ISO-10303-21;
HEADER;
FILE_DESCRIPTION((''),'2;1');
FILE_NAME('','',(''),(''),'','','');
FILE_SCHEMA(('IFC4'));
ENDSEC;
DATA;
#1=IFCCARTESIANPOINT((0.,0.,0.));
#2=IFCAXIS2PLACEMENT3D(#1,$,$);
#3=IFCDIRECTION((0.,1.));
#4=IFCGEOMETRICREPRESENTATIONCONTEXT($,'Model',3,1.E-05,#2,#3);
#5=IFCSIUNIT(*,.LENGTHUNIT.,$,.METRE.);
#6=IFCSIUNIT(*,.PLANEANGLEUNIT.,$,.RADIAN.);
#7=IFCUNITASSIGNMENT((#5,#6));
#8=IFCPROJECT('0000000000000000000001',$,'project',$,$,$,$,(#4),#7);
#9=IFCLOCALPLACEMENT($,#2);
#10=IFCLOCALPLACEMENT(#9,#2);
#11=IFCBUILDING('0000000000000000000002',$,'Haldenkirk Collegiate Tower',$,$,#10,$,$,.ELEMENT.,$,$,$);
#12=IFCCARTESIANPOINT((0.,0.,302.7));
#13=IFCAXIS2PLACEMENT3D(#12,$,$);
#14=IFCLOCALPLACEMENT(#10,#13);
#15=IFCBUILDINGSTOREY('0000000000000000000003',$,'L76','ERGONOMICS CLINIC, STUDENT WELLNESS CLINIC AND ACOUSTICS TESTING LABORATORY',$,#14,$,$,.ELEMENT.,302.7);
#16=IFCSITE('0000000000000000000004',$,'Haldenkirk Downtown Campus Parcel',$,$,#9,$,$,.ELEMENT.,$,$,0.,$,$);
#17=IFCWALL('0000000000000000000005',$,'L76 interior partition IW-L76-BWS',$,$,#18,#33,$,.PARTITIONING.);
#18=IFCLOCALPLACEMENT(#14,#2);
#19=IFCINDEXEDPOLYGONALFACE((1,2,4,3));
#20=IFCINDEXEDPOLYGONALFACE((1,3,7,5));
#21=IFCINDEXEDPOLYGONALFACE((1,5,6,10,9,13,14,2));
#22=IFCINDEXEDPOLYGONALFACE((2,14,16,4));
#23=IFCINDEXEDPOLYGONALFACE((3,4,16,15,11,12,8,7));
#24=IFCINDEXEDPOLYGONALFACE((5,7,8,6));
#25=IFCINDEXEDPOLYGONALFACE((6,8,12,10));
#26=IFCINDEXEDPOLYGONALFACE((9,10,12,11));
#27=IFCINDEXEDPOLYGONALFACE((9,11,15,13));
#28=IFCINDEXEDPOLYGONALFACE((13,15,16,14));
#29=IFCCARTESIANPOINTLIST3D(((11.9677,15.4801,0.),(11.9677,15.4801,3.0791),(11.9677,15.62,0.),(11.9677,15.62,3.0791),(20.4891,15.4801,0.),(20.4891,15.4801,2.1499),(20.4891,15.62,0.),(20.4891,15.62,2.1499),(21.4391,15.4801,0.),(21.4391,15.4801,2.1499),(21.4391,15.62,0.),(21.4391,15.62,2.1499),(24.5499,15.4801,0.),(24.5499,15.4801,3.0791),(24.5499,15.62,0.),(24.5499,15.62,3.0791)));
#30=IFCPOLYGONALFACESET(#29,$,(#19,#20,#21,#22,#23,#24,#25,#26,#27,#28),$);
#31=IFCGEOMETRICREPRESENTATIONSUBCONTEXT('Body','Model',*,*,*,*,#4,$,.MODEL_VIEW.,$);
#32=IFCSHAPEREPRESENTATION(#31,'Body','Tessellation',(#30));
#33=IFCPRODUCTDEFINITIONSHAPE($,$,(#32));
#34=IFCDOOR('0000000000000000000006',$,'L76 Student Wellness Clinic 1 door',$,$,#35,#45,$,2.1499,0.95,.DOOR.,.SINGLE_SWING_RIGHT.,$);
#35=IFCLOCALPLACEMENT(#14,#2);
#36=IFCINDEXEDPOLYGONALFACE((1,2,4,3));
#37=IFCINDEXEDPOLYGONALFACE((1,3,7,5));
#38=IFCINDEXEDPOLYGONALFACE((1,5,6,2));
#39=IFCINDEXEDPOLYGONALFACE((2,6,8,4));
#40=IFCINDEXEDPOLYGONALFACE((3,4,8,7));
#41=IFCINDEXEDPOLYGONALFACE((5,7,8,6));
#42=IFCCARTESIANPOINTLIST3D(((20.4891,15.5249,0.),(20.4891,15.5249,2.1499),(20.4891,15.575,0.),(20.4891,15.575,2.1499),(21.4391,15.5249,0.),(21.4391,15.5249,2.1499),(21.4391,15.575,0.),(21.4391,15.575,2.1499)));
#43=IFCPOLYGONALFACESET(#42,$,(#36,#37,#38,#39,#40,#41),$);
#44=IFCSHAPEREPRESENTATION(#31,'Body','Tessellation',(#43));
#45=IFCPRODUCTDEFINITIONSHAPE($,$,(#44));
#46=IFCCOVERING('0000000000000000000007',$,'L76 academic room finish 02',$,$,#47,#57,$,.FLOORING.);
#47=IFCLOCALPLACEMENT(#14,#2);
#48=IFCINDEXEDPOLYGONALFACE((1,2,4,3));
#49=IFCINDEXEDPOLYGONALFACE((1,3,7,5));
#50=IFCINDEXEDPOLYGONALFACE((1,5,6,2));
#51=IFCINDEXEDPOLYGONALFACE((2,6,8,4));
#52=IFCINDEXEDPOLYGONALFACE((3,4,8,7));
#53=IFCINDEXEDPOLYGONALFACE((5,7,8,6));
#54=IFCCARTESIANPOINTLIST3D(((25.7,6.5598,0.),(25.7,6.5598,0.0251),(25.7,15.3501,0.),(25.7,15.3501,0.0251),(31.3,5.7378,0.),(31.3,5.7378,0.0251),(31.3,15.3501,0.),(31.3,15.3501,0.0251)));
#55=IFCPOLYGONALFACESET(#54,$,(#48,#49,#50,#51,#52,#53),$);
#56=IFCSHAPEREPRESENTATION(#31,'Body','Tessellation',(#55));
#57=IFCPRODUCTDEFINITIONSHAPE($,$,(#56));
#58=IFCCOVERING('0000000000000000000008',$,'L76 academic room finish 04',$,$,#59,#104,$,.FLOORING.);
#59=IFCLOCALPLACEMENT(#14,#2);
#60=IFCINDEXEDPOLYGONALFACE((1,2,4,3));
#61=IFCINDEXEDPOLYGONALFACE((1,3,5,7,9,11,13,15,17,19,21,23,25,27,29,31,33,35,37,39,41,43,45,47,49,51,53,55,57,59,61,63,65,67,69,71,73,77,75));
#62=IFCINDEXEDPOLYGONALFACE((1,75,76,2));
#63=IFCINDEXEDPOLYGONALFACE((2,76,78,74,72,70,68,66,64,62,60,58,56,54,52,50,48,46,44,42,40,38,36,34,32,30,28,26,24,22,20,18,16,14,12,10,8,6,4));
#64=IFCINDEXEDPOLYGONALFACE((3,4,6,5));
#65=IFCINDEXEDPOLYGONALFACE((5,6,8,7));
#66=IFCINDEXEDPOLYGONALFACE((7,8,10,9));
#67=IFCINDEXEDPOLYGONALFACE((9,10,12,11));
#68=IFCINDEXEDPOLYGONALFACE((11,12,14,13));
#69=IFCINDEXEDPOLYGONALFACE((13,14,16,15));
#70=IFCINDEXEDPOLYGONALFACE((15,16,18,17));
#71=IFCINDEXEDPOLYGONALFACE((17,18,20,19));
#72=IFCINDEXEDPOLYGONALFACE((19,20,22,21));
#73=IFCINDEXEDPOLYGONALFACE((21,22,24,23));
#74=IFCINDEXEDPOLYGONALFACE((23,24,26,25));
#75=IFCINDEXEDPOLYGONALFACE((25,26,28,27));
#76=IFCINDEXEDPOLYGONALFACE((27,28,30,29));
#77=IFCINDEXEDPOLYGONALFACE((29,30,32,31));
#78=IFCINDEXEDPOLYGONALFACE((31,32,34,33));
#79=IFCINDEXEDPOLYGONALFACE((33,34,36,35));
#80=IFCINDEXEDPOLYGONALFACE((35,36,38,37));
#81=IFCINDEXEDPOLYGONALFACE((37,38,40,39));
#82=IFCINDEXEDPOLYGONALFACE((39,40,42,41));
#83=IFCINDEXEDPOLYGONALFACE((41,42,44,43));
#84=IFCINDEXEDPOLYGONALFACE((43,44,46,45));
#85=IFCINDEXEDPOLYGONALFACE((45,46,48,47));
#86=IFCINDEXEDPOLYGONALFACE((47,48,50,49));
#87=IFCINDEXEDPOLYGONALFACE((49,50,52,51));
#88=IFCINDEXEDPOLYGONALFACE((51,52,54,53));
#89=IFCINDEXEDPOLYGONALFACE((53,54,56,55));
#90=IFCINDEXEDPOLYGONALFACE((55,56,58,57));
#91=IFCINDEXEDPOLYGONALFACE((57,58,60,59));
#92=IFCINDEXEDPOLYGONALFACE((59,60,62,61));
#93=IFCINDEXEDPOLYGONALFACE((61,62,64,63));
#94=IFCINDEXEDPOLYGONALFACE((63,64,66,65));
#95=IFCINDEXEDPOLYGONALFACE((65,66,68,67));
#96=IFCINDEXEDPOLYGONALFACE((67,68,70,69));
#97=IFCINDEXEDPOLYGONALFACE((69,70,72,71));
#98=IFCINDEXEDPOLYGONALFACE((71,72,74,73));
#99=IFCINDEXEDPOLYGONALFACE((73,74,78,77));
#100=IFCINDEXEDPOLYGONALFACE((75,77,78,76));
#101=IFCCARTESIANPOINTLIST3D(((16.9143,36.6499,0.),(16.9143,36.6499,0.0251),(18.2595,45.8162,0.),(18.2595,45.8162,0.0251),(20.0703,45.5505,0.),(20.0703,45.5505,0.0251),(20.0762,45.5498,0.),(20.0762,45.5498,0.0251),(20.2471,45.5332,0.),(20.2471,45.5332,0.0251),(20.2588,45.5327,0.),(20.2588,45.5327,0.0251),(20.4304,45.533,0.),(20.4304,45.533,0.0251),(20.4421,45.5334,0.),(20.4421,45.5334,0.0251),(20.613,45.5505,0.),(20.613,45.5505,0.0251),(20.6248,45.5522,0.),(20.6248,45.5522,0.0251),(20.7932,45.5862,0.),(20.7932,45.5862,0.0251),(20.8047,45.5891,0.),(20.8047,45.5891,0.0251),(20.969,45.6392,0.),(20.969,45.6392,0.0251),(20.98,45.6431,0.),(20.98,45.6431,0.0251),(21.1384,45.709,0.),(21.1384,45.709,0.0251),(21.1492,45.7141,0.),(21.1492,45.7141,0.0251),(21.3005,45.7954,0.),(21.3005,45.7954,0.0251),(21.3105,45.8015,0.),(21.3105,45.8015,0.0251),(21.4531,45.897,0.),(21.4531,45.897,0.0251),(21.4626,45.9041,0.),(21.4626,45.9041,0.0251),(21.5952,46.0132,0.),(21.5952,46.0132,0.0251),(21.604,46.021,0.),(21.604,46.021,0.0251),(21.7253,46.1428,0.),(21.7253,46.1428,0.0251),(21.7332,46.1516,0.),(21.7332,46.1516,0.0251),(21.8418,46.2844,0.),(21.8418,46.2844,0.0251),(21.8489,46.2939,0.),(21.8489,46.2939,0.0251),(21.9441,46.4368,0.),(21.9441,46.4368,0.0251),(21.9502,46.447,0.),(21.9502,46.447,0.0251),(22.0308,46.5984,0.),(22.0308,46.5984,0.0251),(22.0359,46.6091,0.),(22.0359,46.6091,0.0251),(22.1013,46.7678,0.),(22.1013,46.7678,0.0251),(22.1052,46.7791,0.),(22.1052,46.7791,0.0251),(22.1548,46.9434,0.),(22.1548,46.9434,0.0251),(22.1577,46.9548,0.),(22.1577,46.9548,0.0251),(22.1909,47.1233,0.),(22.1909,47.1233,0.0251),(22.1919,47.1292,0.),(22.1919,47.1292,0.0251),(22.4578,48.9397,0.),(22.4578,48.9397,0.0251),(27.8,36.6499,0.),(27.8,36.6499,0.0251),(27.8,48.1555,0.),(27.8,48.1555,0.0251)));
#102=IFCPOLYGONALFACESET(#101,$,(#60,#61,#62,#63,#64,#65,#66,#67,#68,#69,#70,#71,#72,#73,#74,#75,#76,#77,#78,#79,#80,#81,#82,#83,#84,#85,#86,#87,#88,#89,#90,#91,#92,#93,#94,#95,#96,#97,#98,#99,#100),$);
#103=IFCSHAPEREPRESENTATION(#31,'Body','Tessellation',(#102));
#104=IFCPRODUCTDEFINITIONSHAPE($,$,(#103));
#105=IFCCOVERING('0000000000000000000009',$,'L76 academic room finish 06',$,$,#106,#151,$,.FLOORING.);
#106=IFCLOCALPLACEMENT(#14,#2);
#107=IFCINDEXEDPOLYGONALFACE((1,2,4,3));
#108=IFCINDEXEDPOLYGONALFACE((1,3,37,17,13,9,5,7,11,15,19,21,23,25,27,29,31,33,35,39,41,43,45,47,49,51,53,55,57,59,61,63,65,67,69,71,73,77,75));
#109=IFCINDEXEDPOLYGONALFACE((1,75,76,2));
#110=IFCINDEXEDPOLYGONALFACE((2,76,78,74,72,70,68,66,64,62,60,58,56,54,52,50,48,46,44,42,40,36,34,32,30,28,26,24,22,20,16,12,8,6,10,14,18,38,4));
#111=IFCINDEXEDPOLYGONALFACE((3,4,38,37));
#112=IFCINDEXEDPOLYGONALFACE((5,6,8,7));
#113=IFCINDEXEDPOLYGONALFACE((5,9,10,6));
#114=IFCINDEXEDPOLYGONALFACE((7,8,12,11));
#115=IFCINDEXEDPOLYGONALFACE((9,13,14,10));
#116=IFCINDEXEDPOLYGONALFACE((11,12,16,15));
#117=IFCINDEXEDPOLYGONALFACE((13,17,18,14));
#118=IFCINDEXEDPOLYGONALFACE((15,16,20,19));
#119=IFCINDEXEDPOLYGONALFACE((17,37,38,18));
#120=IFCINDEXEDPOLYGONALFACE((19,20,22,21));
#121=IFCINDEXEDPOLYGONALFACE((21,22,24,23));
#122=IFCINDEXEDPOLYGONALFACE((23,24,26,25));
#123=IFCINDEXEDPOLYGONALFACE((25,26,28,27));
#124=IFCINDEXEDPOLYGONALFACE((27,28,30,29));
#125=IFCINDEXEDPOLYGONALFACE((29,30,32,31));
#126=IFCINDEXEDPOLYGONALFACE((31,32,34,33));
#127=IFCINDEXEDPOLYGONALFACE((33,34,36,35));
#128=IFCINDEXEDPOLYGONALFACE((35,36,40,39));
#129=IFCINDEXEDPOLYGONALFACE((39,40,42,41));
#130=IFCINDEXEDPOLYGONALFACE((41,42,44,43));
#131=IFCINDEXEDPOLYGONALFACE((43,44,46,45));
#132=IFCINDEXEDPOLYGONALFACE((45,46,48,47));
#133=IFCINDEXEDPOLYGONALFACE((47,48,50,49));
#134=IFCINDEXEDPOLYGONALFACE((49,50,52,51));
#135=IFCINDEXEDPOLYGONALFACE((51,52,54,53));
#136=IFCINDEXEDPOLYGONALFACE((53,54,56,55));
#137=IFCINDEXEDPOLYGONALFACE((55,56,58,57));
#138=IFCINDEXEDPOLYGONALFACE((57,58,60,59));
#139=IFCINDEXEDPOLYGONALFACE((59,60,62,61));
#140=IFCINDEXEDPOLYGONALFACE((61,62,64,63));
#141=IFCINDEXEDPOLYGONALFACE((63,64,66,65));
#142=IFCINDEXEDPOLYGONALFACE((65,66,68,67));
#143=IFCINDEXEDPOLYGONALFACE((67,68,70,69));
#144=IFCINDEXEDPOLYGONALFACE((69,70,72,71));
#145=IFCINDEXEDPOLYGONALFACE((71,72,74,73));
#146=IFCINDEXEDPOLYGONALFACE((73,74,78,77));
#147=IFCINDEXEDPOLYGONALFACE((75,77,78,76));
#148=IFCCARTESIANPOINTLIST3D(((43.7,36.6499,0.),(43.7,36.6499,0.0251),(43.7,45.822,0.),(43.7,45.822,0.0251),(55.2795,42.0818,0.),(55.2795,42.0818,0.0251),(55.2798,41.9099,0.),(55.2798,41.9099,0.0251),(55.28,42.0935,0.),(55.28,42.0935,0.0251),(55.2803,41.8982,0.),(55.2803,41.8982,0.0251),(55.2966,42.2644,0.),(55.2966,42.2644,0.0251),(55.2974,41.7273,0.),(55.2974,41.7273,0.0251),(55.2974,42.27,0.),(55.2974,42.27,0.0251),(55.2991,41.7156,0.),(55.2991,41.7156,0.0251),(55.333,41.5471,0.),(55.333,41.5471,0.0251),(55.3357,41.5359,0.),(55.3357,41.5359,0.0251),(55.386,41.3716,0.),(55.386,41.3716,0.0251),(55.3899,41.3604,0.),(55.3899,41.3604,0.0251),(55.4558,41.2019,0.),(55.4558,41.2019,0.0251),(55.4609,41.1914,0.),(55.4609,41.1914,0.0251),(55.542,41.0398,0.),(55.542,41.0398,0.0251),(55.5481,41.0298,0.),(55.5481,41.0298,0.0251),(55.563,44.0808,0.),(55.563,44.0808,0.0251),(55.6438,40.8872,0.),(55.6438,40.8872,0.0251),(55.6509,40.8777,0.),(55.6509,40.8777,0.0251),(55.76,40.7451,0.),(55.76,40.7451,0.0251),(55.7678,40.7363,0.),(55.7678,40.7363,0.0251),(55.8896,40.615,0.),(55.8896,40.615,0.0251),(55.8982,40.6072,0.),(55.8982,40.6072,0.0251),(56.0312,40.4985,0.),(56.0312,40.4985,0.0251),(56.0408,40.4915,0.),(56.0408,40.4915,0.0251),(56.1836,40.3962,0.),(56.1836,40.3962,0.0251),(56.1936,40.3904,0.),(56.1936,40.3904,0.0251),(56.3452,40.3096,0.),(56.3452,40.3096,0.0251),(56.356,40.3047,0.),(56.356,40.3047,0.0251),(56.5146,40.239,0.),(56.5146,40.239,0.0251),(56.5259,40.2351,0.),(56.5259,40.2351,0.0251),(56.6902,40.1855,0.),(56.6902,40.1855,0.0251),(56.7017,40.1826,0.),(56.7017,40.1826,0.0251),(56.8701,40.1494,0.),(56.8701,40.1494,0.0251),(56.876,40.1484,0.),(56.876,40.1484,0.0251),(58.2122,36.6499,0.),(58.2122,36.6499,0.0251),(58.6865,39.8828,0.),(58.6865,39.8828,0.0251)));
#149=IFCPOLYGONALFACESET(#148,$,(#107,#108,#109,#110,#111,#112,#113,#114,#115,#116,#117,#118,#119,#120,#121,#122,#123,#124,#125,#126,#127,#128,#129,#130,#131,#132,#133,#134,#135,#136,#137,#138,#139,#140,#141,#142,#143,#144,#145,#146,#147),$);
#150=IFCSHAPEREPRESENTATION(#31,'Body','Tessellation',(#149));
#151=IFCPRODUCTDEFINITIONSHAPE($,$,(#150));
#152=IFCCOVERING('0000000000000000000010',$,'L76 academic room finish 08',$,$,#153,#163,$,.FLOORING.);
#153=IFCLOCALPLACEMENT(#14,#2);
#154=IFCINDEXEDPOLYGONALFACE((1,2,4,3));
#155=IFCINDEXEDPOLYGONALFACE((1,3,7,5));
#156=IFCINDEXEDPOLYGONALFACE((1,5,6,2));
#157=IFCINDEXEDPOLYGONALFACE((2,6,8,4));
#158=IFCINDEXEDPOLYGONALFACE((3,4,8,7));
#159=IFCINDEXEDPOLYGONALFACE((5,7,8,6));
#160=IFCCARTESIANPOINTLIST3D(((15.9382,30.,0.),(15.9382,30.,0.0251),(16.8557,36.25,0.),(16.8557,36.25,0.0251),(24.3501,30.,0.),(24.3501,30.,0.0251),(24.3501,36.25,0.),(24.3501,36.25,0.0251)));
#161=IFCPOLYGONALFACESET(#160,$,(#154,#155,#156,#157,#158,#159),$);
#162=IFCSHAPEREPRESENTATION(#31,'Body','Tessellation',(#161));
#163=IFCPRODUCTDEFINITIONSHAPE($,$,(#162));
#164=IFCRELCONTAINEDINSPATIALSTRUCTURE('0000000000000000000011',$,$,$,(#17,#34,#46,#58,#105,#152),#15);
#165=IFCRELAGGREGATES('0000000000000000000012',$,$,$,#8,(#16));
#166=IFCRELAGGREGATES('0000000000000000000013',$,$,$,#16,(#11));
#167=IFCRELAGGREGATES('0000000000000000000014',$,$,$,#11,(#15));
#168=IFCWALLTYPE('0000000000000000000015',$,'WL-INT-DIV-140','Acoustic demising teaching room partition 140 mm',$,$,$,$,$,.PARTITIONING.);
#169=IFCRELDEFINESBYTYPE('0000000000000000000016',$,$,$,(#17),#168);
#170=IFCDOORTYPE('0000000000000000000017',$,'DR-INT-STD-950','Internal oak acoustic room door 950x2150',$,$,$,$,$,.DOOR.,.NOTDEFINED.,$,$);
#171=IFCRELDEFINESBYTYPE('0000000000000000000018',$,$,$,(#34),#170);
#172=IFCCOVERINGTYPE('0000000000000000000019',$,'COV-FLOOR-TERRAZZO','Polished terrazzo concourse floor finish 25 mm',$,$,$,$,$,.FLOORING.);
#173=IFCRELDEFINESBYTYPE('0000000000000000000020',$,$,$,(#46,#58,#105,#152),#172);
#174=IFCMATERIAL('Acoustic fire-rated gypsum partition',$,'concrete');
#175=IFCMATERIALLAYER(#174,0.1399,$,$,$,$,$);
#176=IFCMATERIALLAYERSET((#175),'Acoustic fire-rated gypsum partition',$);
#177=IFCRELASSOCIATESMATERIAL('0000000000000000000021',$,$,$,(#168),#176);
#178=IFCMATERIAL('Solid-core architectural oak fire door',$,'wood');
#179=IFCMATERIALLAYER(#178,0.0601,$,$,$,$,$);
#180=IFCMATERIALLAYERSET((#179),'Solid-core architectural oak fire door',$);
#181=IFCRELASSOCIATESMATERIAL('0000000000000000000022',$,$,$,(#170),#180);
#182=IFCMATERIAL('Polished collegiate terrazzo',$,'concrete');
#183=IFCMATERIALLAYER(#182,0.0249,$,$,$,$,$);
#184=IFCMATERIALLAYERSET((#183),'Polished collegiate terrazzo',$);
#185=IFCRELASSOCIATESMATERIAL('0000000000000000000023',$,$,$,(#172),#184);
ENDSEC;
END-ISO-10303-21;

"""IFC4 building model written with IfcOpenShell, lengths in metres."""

from ifc_helpers import new_model, si_unit, direction, frame, frame_2d, origin, place, context, subcontext, project, spatial, polyline, rectangle, outline, extrude, material, layer, layer_set, type_object, element, fill, save


model = new_model("IFC4")

# Units and contexts
model_context = context("Model", 3, precision=1e-05, world=origin(), true_north=direction((0.0, 1.0)))
body_context = subcontext(model_context, "Body", "Model", "MODEL_VIEW")
ifc_project = project(units=[si_unit("LENGTHUNIT", "METRE"), si_unit("PLANEANGLEUNIT", "RADIAN")], contexts=[model_context])

# Site, building, storey
site_placement = place(None, origin())
site = spatial("IfcSite", under=ifc_project, at=site_placement, Name="Haldenkirk Downtown Campus Parcel", CompositionType="ELEMENT", RefElevation=0.0)
building_placement = place(site_placement, origin())
building = spatial("IfcBuilding", under=site, at=building_placement, Name="Haldenkirk Collegiate Tower", CompositionType="ELEMENT")
storey_placement = place(building_placement, frame((0.0, 0.0, 302.7)))
storey = spatial("IfcBuildingStorey", under=building, at=storey_placement, Name="L76", Description="ERGONOMICS CLINIC, STUDENT WELLNESS CLINIC AND ACOUSTICS TESTING LABORATORY", CompositionType="ELEMENT", Elevation=302.7)

# Wall, opening, door
ifc_material_1 = material(Name="Acoustic fire-rated gypsum partition", Category="concrete")
ifc_layer_1 = layer(ifc_material_1, 0.1399)
ifc_layer_set_1 = layer_set([ifc_layer_1], Name="Acoustic fire-rated gypsum partition")
wall_type_1 = type_object("IfcWallType", Name="WL-INT-DIV-140", Description="Acoustic demising teaching room partition 140 mm", PredefinedType="PARTITIONING", material=ifc_layer_set_1)
wall_1_placement = place(storey_placement, frame((11.9678, 15.55, 0.0), z_axis=(0.0, 0.0, 1.0), x_axis=(1.0, 0.0, 0.0)))
wall_1 = element("IfcWall", 1, at=wall_1_placement, inside=storey, type_object=wall_type_1, Name="L76 interior partition IW-L76-BWS", PredefinedType="PARTITIONING", context=body_context, shape_type="SweptSolid", body=[
    extrude(rectangle(XDim=12.5823, YDim=0.1399, at=frame_2d((6.291, 0.0))), origin(), (0.0, 0.0, 1.0), 3.0791),
])
opening_1_placement = place(wall_1_placement, frame((8.5212, 0.0, 0.0)))
opening_1 = element("IfcOpeningElement", 2, at=opening_1_placement, cuts=wall_1, PredefinedType="OPENING", context=body_context, shape_type="SweptSolid", body=[
    extrude(rectangle(XDim=0.95, YDim=2.1499, at=frame_2d((0.4751, 1.075))), frame((0.0, 0.0798, 0.0), z_axis=(0.0, -1.0, 0.0), x_axis=(1.0, 0.0, 0.0)), (0.0, 0.0, 1.0), 0.1599),
])
ifc_material_2 = material(Name="Solid-core architectural oak fire door", Category="wood")
ifc_layer_2 = layer(ifc_material_2, 0.0601)
ifc_layer_set_2 = layer_set([ifc_layer_2], Name="Solid-core architectural oak fire door")
door_type = type_object("IfcDoorType", Name="DR-INT-STD-950", Description="Internal oak acoustic room door 950x2150", OperationType="NOTDEFINED", PredefinedType="DOOR", material=ifc_layer_set_2)
door_placement = place(opening_1_placement, origin())
door = element("IfcDoor", 3, at=door_placement, inside=storey, type_object=door_type, Name="L76 Student Wellness Clinic 1 door", OperationType="SINGLE_SWING_RIGHT", OverallHeight=2.1499, OverallWidth=0.95, PredefinedType="DOOR", context=body_context, shape_type="SweptSolid", body=[
    extrude(rectangle(XDim=0.95, YDim=2.1499, at=frame_2d((0.4751, 1.075))), frame((0.0, 0.0249, 0.0), z_axis=(0.0, -1.0, 0.0), x_axis=(1.0, 0.0, 0.0)), (0.0, 0.0, 1.0), 0.05),
])
fill(opening_1, door)

# Coverings
ifc_material_3 = material(Name="Polished collegiate terrazzo", Category="concrete")
ifc_layer_3 = layer(ifc_material_3, 0.0249)
ifc_layer_set_3 = layer_set([ifc_layer_3], Name="Polished collegiate terrazzo")
covering_type_1 = type_object("IfcCoveringType", Name="COV-FLOOR-TERRAZZO", Description="Polished terrazzo concourse floor finish 25 mm", PredefinedType="FLOORING", material=ifc_layer_set_3)
covering_1_placement = place(storey_placement, origin())
element("IfcCovering", 4, at=covering_1_placement, inside=storey, type_object=covering_type_1, Name="L76 academic room finish 02", PredefinedType="FLOORING", context=body_context, shape_type="SweptSolid", body=[
    extrude(outline(polyline([(25.7, 6.5598), (25.7, 15.3501), (31.3, 15.3501), (31.3, 5.7378), (25.7, 6.5598)])), origin(), (0.0, 0.0, 1.0), 0.0251),
])
covering_2_placement = place(storey_placement, origin())
element("IfcCovering", 5, at=covering_2_placement, inside=storey, type_object=covering_type_1, Name="L76 academic room finish 04", PredefinedType="FLOORING", context=body_context, shape_type="SweptSolid", body=[
    extrude(outline(polyline([(20.0703, 45.5505), (20.0762, 45.5498), (20.2471, 45.5332), (20.2588, 45.5327), (20.4304, 45.533), (20.4421, 45.5334), (20.613, 45.5505), (20.6248, 45.5522), (20.7932, 45.5862), (20.8047, 45.5891), (20.969, 45.6392), (20.98, 45.6431), (21.1384, 45.709), (21.1492, 45.7141), (21.3005, 45.7954), (21.3105, 45.8015), (21.4531, 45.897), (21.4626, 45.9041), (21.5952, 46.0132), (21.604, 46.021), (21.7253, 46.1428), (21.7332, 46.1516), (21.8418, 46.2844), (21.8489, 46.2939), (21.9441, 46.4368), (21.9502, 46.447), (22.0308, 46.5984), (22.0359, 46.6091), (22.1013, 46.7678), (22.1052, 46.7791), (22.1548, 46.9434), (22.1577, 46.9548), (22.1909, 47.1233), (22.1919, 47.1292), (22.4578, 48.9397), (27.8, 48.1555), (27.8, 36.6499), (16.9143, 36.6499), (18.2595, 45.8162), (20.0703, 45.5505)])), origin(), (0.0, 0.0, 1.0), 0.0251),
])
covering_3_placement = place(storey_placement, origin())
element("IfcCovering", 6, at=covering_3_placement, inside=storey, type_object=covering_type_1, Name="L76 academic room finish 06", PredefinedType="FLOORING", context=body_context, shape_type="SweptSolid", body=[
    extrude(outline(polyline([(55.563, 44.0808), (55.2974, 42.27), (55.2966, 42.2644), (55.28, 42.0935), (55.2795, 42.0818), (55.2798, 41.9099), (55.2803, 41.8982), (55.2974, 41.7273), (55.2991, 41.7156), (55.333, 41.5471), (55.3357, 41.5359), (55.386, 41.3716), (55.3899, 41.3604), (55.4558, 41.2019), (55.4609, 41.1914), (55.542, 41.0398), (55.5481, 41.0298), (55.6438, 40.8872), (55.6509, 40.8777), (55.76, 40.7451), (55.7678, 40.7363), (55.8896, 40.615), (55.8982, 40.6072), (56.0312, 40.4985), (56.0408, 40.4915), (56.1836, 40.3962), (56.1936, 40.3904), (56.3452, 40.3096), (56.356, 40.3047), (56.5146, 40.239), (56.5259, 40.2351), (56.6902, 40.1855), (56.7017, 40.1826), (56.8701, 40.1494), (56.876, 40.1484), (58.6865, 39.8828), (58.2122, 36.6499), (43.7, 36.6499), (43.7, 45.822), (55.563, 44.0808)])), origin(), (0.0, 0.0, 1.0), 0.0251),
])
covering_4_placement = place(storey_placement, origin())
element("IfcCovering", 7, at=covering_4_placement, inside=storey, type_object=covering_type_1, Name="L76 academic room finish 08", PredefinedType="FLOORING", context=body_context, shape_type="SweptSolid", body=[
    extrude(outline(polyline([(16.8557, 36.25), (24.3501, 36.25), (24.3501, 30.0), (15.9382, 30.0), (16.8557, 36.25)])), origin(), (0.0, 0.0, 1.0), 0.0251),
])

save(model, "model.ifc")
